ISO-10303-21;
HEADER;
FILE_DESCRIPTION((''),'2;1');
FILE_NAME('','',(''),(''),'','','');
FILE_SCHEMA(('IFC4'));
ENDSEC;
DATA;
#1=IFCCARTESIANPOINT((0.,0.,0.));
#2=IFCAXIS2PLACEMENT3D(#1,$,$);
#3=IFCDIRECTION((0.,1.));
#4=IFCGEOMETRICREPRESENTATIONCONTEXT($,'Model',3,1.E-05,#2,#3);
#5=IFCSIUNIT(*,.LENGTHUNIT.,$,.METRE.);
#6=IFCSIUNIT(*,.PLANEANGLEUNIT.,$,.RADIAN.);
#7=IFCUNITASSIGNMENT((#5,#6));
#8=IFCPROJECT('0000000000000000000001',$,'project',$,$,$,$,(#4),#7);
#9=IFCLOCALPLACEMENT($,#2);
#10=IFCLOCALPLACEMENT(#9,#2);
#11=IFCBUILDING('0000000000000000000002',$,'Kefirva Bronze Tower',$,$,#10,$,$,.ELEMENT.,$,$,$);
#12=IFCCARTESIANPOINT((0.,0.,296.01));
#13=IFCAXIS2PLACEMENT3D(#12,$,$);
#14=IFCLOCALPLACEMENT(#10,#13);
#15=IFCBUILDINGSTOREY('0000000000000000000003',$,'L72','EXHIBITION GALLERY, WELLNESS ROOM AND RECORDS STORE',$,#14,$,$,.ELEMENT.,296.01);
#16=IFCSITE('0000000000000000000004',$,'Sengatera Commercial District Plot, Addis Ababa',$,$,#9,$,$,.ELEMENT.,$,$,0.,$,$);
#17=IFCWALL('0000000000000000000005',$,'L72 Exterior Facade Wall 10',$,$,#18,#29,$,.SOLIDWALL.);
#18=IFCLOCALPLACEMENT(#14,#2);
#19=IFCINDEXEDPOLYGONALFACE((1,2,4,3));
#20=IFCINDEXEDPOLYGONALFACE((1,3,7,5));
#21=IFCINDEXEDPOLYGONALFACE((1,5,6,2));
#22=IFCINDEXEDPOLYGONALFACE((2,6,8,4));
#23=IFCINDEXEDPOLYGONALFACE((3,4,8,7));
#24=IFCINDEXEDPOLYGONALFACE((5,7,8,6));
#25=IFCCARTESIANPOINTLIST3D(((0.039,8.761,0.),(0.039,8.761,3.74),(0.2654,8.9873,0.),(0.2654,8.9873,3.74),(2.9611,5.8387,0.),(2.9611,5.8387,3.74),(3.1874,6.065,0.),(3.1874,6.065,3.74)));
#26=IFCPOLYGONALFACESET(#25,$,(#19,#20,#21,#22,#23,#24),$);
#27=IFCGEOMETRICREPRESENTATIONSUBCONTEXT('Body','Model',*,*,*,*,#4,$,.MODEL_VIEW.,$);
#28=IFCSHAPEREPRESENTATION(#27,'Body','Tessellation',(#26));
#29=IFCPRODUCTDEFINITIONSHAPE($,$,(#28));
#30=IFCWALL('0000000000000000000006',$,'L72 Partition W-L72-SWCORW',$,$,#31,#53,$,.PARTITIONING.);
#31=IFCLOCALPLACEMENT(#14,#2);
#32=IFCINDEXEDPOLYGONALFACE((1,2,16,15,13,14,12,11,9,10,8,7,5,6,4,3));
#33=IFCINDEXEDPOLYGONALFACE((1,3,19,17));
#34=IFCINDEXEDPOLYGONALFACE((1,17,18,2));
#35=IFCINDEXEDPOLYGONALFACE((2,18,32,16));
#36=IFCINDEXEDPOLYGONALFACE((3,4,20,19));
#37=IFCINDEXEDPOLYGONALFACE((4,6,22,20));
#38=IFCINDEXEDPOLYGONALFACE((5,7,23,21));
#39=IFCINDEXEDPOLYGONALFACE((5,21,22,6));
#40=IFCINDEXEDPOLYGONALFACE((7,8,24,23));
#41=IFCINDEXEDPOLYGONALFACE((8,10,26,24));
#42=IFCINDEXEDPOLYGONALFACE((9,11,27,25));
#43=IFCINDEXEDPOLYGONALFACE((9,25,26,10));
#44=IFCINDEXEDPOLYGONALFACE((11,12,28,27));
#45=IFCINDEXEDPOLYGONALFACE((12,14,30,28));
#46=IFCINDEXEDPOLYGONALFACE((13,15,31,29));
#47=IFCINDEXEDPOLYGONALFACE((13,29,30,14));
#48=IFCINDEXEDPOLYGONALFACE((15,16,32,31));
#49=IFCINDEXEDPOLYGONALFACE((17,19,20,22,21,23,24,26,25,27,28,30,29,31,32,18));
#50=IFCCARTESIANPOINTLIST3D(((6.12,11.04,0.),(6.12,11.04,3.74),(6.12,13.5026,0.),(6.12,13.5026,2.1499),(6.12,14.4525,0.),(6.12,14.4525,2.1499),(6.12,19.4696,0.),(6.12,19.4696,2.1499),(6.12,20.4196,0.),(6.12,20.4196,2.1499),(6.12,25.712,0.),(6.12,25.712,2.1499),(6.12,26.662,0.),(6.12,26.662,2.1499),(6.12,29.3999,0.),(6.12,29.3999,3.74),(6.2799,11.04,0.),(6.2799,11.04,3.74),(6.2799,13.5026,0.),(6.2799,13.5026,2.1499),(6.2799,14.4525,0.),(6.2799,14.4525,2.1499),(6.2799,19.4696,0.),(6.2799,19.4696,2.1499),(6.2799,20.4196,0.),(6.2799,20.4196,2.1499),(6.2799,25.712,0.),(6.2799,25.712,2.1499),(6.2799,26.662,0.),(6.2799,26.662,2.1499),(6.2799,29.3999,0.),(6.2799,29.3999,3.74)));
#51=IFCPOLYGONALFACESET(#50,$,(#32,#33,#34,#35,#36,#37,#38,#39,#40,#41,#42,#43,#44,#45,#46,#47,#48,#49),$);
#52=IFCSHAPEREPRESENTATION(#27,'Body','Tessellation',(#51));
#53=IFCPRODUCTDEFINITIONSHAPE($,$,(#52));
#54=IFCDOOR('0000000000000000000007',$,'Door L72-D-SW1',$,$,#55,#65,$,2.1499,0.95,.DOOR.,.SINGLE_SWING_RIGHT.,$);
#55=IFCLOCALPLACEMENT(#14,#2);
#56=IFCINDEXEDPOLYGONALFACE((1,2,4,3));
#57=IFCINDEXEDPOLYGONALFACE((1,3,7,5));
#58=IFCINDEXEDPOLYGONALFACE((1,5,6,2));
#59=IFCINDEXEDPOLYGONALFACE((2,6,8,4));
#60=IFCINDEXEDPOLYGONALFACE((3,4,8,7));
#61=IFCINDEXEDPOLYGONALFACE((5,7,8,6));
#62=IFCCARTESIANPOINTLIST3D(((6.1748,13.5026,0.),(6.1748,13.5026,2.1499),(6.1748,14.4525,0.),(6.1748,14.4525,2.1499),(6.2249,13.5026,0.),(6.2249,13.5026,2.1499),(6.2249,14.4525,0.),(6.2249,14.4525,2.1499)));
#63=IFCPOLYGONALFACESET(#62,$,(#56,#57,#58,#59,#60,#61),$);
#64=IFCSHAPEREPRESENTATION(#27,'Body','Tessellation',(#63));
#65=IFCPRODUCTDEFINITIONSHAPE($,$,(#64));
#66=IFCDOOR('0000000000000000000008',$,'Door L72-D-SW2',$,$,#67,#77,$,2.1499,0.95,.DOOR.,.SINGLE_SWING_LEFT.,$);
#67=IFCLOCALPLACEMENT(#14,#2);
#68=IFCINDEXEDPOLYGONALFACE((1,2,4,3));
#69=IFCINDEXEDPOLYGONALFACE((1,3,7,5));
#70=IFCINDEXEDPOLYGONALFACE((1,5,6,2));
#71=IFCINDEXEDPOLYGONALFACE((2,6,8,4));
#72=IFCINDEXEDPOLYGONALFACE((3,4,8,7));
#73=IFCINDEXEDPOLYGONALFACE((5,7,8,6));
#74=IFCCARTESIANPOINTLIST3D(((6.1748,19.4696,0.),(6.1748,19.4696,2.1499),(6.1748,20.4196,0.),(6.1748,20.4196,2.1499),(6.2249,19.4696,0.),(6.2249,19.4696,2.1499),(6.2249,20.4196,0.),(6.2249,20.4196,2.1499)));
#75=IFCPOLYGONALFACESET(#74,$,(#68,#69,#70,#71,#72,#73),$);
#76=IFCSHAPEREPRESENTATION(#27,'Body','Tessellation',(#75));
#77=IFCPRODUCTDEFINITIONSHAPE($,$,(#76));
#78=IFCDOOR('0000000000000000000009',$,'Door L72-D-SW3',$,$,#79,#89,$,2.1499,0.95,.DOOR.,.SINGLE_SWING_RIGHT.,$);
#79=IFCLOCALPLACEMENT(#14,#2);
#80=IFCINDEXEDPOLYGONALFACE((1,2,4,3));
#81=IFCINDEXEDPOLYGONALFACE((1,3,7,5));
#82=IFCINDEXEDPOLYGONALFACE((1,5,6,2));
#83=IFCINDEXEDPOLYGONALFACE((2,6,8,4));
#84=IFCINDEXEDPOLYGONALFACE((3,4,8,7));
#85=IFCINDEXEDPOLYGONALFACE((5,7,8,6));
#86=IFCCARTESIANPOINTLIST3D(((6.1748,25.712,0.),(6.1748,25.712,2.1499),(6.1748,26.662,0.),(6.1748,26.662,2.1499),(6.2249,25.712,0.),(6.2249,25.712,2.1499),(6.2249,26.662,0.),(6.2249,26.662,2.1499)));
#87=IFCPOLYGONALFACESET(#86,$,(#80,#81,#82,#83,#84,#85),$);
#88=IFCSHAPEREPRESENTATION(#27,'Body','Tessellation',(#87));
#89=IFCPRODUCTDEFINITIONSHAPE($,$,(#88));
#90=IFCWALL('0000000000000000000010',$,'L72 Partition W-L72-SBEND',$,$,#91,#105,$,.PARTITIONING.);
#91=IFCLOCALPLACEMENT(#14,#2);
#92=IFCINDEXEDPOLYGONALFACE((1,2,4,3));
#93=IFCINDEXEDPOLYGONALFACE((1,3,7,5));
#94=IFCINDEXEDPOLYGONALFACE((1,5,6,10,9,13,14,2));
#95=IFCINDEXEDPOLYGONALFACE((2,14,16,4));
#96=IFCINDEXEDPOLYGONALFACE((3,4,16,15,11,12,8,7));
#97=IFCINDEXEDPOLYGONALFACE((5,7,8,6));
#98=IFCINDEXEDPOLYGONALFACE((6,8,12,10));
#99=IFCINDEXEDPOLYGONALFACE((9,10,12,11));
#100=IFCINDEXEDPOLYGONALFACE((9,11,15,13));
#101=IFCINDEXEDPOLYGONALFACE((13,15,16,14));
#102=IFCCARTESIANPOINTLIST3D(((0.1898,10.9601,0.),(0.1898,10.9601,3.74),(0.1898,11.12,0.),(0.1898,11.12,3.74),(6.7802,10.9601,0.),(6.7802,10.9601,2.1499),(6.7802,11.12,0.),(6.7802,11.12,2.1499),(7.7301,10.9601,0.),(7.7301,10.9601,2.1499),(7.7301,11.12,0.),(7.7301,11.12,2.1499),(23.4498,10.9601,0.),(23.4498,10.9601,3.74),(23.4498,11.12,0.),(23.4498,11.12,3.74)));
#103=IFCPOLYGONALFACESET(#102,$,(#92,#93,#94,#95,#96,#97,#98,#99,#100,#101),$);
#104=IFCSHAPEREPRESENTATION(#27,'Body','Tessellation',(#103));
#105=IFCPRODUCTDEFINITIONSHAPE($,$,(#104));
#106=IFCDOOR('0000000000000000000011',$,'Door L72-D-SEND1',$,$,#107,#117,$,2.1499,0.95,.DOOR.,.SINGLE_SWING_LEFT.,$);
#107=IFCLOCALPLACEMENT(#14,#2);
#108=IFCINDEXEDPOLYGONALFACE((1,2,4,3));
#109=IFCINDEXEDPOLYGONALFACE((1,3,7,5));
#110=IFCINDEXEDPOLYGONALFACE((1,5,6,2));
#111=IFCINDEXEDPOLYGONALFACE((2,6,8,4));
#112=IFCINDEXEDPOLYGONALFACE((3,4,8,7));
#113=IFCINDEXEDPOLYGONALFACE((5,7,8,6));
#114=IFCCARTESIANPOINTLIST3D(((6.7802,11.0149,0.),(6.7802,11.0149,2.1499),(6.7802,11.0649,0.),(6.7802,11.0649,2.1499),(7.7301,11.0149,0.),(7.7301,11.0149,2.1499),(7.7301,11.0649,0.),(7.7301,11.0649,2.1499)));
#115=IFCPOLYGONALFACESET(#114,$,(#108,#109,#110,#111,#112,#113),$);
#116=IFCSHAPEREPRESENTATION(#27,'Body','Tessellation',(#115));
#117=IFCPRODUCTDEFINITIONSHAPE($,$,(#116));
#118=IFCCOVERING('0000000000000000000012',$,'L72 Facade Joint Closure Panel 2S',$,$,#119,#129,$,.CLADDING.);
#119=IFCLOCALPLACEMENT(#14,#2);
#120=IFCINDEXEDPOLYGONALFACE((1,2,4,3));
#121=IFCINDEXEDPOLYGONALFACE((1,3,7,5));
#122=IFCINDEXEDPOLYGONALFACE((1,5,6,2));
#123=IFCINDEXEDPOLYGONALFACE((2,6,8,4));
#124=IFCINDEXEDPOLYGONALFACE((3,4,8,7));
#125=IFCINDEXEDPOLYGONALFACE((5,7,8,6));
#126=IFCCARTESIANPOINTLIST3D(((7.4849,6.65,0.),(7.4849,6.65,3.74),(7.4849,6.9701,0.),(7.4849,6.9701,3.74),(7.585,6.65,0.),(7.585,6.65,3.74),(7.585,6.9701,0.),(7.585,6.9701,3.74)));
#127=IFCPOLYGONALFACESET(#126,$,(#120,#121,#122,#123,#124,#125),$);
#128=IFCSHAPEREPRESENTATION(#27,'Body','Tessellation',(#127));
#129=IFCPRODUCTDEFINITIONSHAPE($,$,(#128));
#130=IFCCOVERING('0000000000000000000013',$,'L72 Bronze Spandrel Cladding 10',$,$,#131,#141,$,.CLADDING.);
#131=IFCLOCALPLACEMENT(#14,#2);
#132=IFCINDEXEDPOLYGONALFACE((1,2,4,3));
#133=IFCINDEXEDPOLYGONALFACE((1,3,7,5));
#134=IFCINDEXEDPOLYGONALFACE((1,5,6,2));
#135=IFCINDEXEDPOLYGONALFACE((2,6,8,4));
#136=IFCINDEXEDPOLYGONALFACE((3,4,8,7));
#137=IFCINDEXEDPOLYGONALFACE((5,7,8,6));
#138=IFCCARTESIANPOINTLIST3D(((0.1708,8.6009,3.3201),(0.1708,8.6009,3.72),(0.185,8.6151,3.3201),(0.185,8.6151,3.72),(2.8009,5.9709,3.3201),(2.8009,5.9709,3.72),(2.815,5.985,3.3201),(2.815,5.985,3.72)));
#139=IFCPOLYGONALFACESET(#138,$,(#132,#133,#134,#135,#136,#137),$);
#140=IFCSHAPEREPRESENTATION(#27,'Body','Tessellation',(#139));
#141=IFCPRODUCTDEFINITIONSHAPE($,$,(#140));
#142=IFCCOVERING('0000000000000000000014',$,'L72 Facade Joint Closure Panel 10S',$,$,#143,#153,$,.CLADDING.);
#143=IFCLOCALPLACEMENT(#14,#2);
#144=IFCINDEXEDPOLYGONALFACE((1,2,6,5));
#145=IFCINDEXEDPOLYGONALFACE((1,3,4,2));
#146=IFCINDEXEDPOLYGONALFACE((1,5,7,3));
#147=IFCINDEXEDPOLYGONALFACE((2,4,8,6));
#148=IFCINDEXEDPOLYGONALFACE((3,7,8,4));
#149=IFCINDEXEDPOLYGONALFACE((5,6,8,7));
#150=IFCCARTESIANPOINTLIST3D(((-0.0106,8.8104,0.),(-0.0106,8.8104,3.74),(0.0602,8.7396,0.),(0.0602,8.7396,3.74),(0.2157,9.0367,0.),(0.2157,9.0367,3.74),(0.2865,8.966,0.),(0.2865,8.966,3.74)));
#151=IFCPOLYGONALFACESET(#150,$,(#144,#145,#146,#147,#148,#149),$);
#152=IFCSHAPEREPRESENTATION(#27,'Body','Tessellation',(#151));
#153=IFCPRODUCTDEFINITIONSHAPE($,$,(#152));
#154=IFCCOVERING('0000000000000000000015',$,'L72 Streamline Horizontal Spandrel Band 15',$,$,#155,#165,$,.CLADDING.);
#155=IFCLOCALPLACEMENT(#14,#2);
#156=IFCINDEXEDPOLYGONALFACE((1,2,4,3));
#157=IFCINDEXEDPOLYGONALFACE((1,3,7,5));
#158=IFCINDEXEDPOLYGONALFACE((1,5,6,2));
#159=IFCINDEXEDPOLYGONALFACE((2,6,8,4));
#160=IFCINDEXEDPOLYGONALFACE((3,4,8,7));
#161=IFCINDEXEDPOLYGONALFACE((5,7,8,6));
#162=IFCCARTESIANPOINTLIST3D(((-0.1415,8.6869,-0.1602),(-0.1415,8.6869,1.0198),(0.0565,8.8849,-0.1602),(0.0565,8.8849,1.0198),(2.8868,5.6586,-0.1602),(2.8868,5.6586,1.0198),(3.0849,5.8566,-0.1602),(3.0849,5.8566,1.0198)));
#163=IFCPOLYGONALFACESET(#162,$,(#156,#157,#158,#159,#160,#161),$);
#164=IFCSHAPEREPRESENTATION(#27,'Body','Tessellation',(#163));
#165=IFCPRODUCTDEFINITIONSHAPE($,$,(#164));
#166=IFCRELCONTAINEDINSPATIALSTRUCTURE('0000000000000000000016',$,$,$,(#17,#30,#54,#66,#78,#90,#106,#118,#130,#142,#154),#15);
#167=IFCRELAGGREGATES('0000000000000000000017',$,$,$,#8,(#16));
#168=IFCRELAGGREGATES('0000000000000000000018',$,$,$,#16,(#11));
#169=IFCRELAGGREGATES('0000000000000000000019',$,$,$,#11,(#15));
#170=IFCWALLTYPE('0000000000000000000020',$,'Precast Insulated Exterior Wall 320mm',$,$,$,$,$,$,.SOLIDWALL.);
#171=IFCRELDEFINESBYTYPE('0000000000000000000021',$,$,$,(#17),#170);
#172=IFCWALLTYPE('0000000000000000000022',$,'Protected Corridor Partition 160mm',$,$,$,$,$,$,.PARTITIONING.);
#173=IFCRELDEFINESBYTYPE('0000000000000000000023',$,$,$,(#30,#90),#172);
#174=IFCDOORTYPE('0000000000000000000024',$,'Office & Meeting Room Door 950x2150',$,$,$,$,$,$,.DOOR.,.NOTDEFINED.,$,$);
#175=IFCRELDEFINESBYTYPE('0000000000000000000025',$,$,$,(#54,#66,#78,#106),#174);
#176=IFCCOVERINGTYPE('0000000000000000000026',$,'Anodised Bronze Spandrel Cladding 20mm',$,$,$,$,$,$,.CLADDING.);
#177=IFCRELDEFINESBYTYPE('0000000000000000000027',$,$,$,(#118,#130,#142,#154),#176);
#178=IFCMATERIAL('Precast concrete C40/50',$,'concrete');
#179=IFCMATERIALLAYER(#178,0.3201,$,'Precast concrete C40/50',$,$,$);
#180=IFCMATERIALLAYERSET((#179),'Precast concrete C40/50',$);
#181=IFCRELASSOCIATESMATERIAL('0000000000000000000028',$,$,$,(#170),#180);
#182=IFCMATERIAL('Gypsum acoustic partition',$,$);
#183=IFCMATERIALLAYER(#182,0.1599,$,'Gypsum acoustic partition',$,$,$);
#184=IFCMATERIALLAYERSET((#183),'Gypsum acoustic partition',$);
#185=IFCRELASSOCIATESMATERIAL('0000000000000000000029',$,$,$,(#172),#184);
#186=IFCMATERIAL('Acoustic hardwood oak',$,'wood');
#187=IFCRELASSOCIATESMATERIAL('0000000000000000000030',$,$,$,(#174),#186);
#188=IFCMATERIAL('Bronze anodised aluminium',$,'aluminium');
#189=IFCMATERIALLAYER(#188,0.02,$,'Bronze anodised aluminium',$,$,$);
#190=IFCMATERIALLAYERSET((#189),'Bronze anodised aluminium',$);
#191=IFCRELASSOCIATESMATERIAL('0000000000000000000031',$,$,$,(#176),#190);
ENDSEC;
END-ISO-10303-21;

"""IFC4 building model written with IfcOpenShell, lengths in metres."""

from ifc_helpers import new_model, si_unit, direction, frame, frame_2d, origin, origin_2d, place, context, subcontext, project, spatial, rectangle, extrude, material, layer, layer_set, type_object, element, fill, save


model = new_model("IFC4")

# Units and contexts
model_context = context("Model", 3, precision=1e-05, world=origin(), true_north=direction((0.0, 1.0)))
body_context = subcontext(model_context, "Body", "Model", "MODEL_VIEW")
ifc_project = project(units=[si_unit("LENGTHUNIT", "METRE"), si_unit("PLANEANGLEUNIT", "RADIAN")], contexts=[model_context])

# Site, building, storey
site_placement = place(None, origin())
site = spatial("IfcSite", under=ifc_project, at=site_placement, Name="Sengatera Commercial District Plot, Addis Ababa", CompositionType="ELEMENT", RefElevation=0.0)
building_placement = place(site_placement, origin())
building = spatial("IfcBuilding", under=site, at=building_placement, Name="Kefirva Bronze Tower", CompositionType="ELEMENT")
storey_placement = place(building_placement, frame((0.0, 0.0, 296.01)))
storey = spatial("IfcBuildingStorey", under=building, at=storey_placement, Name="L72", Description="EXHIBITION GALLERY, WELLNESS ROOM AND RECORDS STORE", CompositionType="ELEMENT", Elevation=296.01)

# Shared definitions
ifc_material_1 = material(Name="Bronze anodised aluminium", Category="aluminium")

# Shared definitions
ifc_material_2 = material(Name="Precast concrete C40/50", Category="concrete")
ifc_layer_1 = layer(ifc_material_2, 0.3201, Name="Precast concrete C40/50")
ifc_layer_set_1 = layer_set([ifc_layer_1], Name="Precast concrete C40/50")
wall_type_1 = type_object("IfcWallType", Name="Precast Insulated Exterior Wall 320mm", PredefinedType="SOLIDWALL", material=ifc_layer_set_1)

# Wall
wall_1_placement = place(storey_placement, frame((0.1521, 8.8743, 0.0), z_axis=(0.0, 0.0, 1.0), x_axis=(0.707077, -0.707136, 0.0)))
element("IfcWall", 1, at=wall_1_placement, inside=storey, type_object=wall_type_1, Name="L72 Exterior Facade Wall 10", PredefinedType="SOLIDWALL", context=body_context, shape_type="SweptSolid", body=[
    extrude(rectangle(XDim=4.1326, YDim=0.3201, at=frame_2d((2.0664, 0.0))), origin(), (0.0, 0.0, 1.0), 3.74),
])

# Wall, openings, doors
ifc_material_3 = material(Name="Gypsum acoustic partition")
ifc_layer_2 = layer(ifc_material_3, 0.1599, Name="Gypsum acoustic partition")
ifc_layer_set_2 = layer_set([ifc_layer_2], Name="Gypsum acoustic partition")
wall_type_2 = type_object("IfcWallType", Name="Protected Corridor Partition 160mm", PredefinedType="PARTITIONING", material=ifc_layer_set_2)
wall_2_placement = place(storey_placement, frame((6.2, 11.04, 0.0), z_axis=(0.0, 0.0, 1.0), x_axis=(0.0, 1.0, 0.0)))
wall_2 = element("IfcWall", 2, at=wall_2_placement, inside=storey, type_object=wall_type_2, Name="L72 Partition W-L72-SWCORW", PredefinedType="PARTITIONING", context=body_context, shape_type="SweptSolid", body=[
    extrude(rectangle(XDim=18.3599, YDim=0.1599, at=frame_2d((9.1799, 0.0))), origin(), (0.0, 0.0, 1.0), 3.74),
])
opening_1_placement = place(wall_2_placement, frame((3.4126, 0.0, 0.0), z_axis=(0.0, 0.0, 1.0), x_axis=(-1.0, 0.0, 0.0)))
opening_1 = element("IfcOpeningElement", 3, at=opening_1_placement, cuts=wall_2, PredefinedType="OPENING", context=body_context, shape_type="SweptSolid", body=[
    extrude(rectangle(XDim=0.95, YDim=2.1499, at=frame_2d((0.4751, 1.075))), frame((0.0, 0.0898, 0.0), z_axis=(0.0, -1.0, 0.0), x_axis=(1.0, 0.0, 0.0)), (0.0, 0.0, 1.0), 0.1799),
])
opening_2_placement = place(wall_2_placement, frame((9.3796, 0.0, 0.0), z_axis=(0.0, 0.0, 1.0), x_axis=(-1.0, 0.0, 0.0)))
opening_2 = element("IfcOpeningElement", 4, at=opening_2_placement, cuts=wall_2, PredefinedType="OPENING", context=body_context, shape_type="SweptSolid", body=[
    extrude(rectangle(XDim=0.95, YDim=2.1499, at=frame_2d((0.4751, 1.075))), frame((0.0, 0.0898, 0.0), z_axis=(0.0, -1.0, 0.0), x_axis=(1.0, 0.0, 0.0)), (0.0, 0.0, 1.0), 0.1799),
])
opening_3_placement = place(wall_2_placement, frame((15.6221, 0.0, 0.0), z_axis=(0.0, 0.0, 1.0), x_axis=(-1.0, 0.0, 0.0)))
opening_3 = element("IfcOpeningElement", 5, at=opening_3_placement, cuts=wall_2, PredefinedType="OPENING", context=body_context, shape_type="SweptSolid", body=[
    extrude(rectangle(XDim=0.95, YDim=2.1499, at=frame_2d((0.4751, 1.075))), frame((0.0, 0.0898, 0.0), z_axis=(0.0, -1.0, 0.0), x_axis=(1.0, 0.0, 0.0)), (0.0, 0.0, 1.0), 0.1799),
])
ifc_material_4 = material(Name="Acoustic hardwood oak", Category="wood")
door_type = type_object("IfcDoorType", Name="Office & Meeting Room Door 950x2150", OperationType="NOTDEFINED", PredefinedType="DOOR", material=ifc_material_4)
door_1_placement = place(opening_1_placement, origin())
door_1 = element("IfcDoor", 6, at=door_1_placement, inside=storey, type_object=door_type, Name="Door L72-D-SW1", OperationType="SINGLE_SWING_RIGHT", OverallHeight=2.1499, OverallWidth=0.95, PredefinedType="DOOR", context=body_context, shape_type="SweptSolid", body=[
    extrude(rectangle(XDim=0.95, YDim=2.1499, at=frame_2d((0.4751, 1.075))), frame((0.0, 0.0249, 0.0), z_axis=(0.0, -1.0, 0.0), x_axis=(1.0, 0.0, 0.0)), (0.0, 0.0, 1.0), 0.05),
])
fill(opening_1, door_1)
door_2_placement = place(opening_2_placement, origin())
door_2 = element("IfcDoor", 7, at=door_2_placement, inside=storey, type_object=door_type, Name="Door L72-D-SW2", OperationType="SINGLE_SWING_LEFT", OverallHeight=2.1499, OverallWidth=0.95, PredefinedType="DOOR", context=body_context, shape_type="SweptSolid", body=[
    extrude(rectangle(XDim=0.95, YDim=2.1499, at=frame_2d((0.4751, 1.075))), frame((0.0, 0.0249, 0.0), z_axis=(0.0, -1.0, 0.0), x_axis=(1.0, 0.0, 0.0)), (0.0, 0.0, 1.0), 0.05),
])
fill(opening_2, door_2)
door_3_placement = place(opening_3_placement, origin())
door_3 = element("IfcDoor", 8, at=door_3_placement, inside=storey, type_object=door_type, Name="Door L72-D-SW3", OperationType="SINGLE_SWING_RIGHT", OverallHeight=2.1499, OverallWidth=0.95, PredefinedType="DOOR", context=body_context, shape_type="SweptSolid", body=[
    extrude(rectangle(XDim=0.95, YDim=2.1499, at=frame_2d((0.4751, 1.075))), frame((0.0, 0.0249, 0.0), z_axis=(0.0, -1.0, 0.0), x_axis=(1.0, 0.0, 0.0)), (0.0, 0.0, 1.0), 0.05),
])
fill(opening_3, door_3)

# Wall, opening, door
wall_3_placement = place(storey_placement, frame((0.1899, 11.04, 0.0), z_axis=(0.0, 0.0, 1.0), x_axis=(1.0, 0.0, 0.0)))
wall_3 = element("IfcWall", 9, at=wall_3_placement, inside=storey, type_object=wall_type_2, Name="L72 Partition W-L72-SBEND", PredefinedType="PARTITIONING", context=body_context, shape_type="SweptSolid", body=[
    extrude(rectangle(XDim=23.26, YDim=0.1599, at=frame_2d((11.6299, 0.0))), origin(), (0.0, 0.0, 1.0), 3.74),
])
opening_4_placement = place(wall_3_placement, frame((6.5901, 0.0, 0.0)))
opening_4 = element("IfcOpeningElement", 10, at=opening_4_placement, cuts=wall_3, PredefinedType="OPENING", context=body_context, shape_type="SweptSolid", body=[
    extrude(rectangle(XDim=0.95, YDim=2.1499, at=frame_2d((0.4751, 1.075))), frame((0.0, 0.0898, 0.0), z_axis=(0.0, -1.0, 0.0), x_axis=(1.0, 0.0, 0.0)), (0.0, 0.0, 1.0), 0.1799),
])
door_4_placement = place(opening_4_placement, origin())
door_4 = element("IfcDoor", 11, at=door_4_placement, inside=storey, type_object=door_type, Name="Door L72-D-SEND1", OperationType="SINGLE_SWING_LEFT", OverallHeight=2.1499, OverallWidth=0.95, PredefinedType="DOOR", context=body_context, shape_type="SweptSolid", body=[
    extrude(rectangle(XDim=0.95, YDim=2.1499, at=frame_2d((0.4751, 1.075))), frame((0.0, 0.0249, 0.0), z_axis=(0.0, -1.0, 0.0), x_axis=(1.0, 0.0, 0.0)), (0.0, 0.0, 1.0), 0.05),
])
fill(opening_4, door_4)

# Coverings
ifc_layer_3 = layer(ifc_material_1, 0.02, Name="Bronze anodised aluminium")
ifc_layer_set_3 = layer_set([ifc_layer_3], Name="Bronze anodised aluminium")
covering_type_1 = type_object("IfcCoveringType", Name="Anodised Bronze Spandrel Cladding 20mm", PredefinedType="CLADDING", material=ifc_layer_set_3)
covering_1_placement = place(storey_placement, frame((7.5349, 6.8101, 0.0), z_axis=(0.0, 0.0, 1.0), x_axis=(1.0, 0.0, 0.0)))
element("IfcCovering", 12, at=covering_1_placement, inside=storey, type_object=covering_type_1, Name="L72 Facade Joint Closure Panel 2S", PredefinedType="CLADDING", context=body_context, shape_type="SweptSolid", body=[
    extrude(rectangle(XDim=0.1001, YDim=0.3201, at=origin_2d()), origin(), (0.0, 0.0, 1.0), 3.74),
])
covering_2_placement = place(storey_placement, frame((1.4929, 7.293, 3.3201), z_axis=(0.0, 0.0, 1.0), x_axis=(0.707107, -0.707107, 0.0)))
element("IfcCovering", 13, at=covering_2_placement, inside=storey, type_object=covering_type_1, Name="L72 Bronze Spandrel Cladding 10", PredefinedType="CLADDING", context=body_context, shape_type="SweptSolid", body=[
    extrude(rectangle(XDim=3.7195, YDim=0.02, at=origin_2d()), origin(), (0.0, 0.0, 1.0), 0.3999),
])
covering_3_placement = place(storey_placement, frame((0.1379, 8.8882, 0.0), z_axis=(0.0, 0.0, 1.0), x_axis=(0.707107, -0.707107, 0.0)))
element("IfcCovering", 14, at=covering_3_placement, inside=storey, type_object=covering_type_1, Name="L72 Facade Joint Closure Panel 10S", PredefinedType="CLADDING", context=body_context, shape_type="SweptSolid", body=[
    extrude(rectangle(XDim=0.1001, YDim=0.3201, at=origin_2d()), origin(), (0.0, 0.0, 1.0), 3.74),
])
covering_4_placement = place(storey_placement, frame((1.4717, 7.2717, -0.1602), z_axis=(0.0, 0.0, 1.0), x_axis=(0.707107, -0.707107, 0.0)))
element("IfcCovering", 15, at=covering_4_placement, inside=storey, type_object=covering_type_1, Name="L72 Streamline Horizontal Spandrel Band 15", PredefinedType="CLADDING", context=body_context, shape_type="SweptSolid", body=[
    extrude(rectangle(XDim=4.2827, YDim=0.28, at=origin_2d()), origin(), (0.0, 0.0, 1.0), 1.1799),
])

save(model, "model.ifc")
